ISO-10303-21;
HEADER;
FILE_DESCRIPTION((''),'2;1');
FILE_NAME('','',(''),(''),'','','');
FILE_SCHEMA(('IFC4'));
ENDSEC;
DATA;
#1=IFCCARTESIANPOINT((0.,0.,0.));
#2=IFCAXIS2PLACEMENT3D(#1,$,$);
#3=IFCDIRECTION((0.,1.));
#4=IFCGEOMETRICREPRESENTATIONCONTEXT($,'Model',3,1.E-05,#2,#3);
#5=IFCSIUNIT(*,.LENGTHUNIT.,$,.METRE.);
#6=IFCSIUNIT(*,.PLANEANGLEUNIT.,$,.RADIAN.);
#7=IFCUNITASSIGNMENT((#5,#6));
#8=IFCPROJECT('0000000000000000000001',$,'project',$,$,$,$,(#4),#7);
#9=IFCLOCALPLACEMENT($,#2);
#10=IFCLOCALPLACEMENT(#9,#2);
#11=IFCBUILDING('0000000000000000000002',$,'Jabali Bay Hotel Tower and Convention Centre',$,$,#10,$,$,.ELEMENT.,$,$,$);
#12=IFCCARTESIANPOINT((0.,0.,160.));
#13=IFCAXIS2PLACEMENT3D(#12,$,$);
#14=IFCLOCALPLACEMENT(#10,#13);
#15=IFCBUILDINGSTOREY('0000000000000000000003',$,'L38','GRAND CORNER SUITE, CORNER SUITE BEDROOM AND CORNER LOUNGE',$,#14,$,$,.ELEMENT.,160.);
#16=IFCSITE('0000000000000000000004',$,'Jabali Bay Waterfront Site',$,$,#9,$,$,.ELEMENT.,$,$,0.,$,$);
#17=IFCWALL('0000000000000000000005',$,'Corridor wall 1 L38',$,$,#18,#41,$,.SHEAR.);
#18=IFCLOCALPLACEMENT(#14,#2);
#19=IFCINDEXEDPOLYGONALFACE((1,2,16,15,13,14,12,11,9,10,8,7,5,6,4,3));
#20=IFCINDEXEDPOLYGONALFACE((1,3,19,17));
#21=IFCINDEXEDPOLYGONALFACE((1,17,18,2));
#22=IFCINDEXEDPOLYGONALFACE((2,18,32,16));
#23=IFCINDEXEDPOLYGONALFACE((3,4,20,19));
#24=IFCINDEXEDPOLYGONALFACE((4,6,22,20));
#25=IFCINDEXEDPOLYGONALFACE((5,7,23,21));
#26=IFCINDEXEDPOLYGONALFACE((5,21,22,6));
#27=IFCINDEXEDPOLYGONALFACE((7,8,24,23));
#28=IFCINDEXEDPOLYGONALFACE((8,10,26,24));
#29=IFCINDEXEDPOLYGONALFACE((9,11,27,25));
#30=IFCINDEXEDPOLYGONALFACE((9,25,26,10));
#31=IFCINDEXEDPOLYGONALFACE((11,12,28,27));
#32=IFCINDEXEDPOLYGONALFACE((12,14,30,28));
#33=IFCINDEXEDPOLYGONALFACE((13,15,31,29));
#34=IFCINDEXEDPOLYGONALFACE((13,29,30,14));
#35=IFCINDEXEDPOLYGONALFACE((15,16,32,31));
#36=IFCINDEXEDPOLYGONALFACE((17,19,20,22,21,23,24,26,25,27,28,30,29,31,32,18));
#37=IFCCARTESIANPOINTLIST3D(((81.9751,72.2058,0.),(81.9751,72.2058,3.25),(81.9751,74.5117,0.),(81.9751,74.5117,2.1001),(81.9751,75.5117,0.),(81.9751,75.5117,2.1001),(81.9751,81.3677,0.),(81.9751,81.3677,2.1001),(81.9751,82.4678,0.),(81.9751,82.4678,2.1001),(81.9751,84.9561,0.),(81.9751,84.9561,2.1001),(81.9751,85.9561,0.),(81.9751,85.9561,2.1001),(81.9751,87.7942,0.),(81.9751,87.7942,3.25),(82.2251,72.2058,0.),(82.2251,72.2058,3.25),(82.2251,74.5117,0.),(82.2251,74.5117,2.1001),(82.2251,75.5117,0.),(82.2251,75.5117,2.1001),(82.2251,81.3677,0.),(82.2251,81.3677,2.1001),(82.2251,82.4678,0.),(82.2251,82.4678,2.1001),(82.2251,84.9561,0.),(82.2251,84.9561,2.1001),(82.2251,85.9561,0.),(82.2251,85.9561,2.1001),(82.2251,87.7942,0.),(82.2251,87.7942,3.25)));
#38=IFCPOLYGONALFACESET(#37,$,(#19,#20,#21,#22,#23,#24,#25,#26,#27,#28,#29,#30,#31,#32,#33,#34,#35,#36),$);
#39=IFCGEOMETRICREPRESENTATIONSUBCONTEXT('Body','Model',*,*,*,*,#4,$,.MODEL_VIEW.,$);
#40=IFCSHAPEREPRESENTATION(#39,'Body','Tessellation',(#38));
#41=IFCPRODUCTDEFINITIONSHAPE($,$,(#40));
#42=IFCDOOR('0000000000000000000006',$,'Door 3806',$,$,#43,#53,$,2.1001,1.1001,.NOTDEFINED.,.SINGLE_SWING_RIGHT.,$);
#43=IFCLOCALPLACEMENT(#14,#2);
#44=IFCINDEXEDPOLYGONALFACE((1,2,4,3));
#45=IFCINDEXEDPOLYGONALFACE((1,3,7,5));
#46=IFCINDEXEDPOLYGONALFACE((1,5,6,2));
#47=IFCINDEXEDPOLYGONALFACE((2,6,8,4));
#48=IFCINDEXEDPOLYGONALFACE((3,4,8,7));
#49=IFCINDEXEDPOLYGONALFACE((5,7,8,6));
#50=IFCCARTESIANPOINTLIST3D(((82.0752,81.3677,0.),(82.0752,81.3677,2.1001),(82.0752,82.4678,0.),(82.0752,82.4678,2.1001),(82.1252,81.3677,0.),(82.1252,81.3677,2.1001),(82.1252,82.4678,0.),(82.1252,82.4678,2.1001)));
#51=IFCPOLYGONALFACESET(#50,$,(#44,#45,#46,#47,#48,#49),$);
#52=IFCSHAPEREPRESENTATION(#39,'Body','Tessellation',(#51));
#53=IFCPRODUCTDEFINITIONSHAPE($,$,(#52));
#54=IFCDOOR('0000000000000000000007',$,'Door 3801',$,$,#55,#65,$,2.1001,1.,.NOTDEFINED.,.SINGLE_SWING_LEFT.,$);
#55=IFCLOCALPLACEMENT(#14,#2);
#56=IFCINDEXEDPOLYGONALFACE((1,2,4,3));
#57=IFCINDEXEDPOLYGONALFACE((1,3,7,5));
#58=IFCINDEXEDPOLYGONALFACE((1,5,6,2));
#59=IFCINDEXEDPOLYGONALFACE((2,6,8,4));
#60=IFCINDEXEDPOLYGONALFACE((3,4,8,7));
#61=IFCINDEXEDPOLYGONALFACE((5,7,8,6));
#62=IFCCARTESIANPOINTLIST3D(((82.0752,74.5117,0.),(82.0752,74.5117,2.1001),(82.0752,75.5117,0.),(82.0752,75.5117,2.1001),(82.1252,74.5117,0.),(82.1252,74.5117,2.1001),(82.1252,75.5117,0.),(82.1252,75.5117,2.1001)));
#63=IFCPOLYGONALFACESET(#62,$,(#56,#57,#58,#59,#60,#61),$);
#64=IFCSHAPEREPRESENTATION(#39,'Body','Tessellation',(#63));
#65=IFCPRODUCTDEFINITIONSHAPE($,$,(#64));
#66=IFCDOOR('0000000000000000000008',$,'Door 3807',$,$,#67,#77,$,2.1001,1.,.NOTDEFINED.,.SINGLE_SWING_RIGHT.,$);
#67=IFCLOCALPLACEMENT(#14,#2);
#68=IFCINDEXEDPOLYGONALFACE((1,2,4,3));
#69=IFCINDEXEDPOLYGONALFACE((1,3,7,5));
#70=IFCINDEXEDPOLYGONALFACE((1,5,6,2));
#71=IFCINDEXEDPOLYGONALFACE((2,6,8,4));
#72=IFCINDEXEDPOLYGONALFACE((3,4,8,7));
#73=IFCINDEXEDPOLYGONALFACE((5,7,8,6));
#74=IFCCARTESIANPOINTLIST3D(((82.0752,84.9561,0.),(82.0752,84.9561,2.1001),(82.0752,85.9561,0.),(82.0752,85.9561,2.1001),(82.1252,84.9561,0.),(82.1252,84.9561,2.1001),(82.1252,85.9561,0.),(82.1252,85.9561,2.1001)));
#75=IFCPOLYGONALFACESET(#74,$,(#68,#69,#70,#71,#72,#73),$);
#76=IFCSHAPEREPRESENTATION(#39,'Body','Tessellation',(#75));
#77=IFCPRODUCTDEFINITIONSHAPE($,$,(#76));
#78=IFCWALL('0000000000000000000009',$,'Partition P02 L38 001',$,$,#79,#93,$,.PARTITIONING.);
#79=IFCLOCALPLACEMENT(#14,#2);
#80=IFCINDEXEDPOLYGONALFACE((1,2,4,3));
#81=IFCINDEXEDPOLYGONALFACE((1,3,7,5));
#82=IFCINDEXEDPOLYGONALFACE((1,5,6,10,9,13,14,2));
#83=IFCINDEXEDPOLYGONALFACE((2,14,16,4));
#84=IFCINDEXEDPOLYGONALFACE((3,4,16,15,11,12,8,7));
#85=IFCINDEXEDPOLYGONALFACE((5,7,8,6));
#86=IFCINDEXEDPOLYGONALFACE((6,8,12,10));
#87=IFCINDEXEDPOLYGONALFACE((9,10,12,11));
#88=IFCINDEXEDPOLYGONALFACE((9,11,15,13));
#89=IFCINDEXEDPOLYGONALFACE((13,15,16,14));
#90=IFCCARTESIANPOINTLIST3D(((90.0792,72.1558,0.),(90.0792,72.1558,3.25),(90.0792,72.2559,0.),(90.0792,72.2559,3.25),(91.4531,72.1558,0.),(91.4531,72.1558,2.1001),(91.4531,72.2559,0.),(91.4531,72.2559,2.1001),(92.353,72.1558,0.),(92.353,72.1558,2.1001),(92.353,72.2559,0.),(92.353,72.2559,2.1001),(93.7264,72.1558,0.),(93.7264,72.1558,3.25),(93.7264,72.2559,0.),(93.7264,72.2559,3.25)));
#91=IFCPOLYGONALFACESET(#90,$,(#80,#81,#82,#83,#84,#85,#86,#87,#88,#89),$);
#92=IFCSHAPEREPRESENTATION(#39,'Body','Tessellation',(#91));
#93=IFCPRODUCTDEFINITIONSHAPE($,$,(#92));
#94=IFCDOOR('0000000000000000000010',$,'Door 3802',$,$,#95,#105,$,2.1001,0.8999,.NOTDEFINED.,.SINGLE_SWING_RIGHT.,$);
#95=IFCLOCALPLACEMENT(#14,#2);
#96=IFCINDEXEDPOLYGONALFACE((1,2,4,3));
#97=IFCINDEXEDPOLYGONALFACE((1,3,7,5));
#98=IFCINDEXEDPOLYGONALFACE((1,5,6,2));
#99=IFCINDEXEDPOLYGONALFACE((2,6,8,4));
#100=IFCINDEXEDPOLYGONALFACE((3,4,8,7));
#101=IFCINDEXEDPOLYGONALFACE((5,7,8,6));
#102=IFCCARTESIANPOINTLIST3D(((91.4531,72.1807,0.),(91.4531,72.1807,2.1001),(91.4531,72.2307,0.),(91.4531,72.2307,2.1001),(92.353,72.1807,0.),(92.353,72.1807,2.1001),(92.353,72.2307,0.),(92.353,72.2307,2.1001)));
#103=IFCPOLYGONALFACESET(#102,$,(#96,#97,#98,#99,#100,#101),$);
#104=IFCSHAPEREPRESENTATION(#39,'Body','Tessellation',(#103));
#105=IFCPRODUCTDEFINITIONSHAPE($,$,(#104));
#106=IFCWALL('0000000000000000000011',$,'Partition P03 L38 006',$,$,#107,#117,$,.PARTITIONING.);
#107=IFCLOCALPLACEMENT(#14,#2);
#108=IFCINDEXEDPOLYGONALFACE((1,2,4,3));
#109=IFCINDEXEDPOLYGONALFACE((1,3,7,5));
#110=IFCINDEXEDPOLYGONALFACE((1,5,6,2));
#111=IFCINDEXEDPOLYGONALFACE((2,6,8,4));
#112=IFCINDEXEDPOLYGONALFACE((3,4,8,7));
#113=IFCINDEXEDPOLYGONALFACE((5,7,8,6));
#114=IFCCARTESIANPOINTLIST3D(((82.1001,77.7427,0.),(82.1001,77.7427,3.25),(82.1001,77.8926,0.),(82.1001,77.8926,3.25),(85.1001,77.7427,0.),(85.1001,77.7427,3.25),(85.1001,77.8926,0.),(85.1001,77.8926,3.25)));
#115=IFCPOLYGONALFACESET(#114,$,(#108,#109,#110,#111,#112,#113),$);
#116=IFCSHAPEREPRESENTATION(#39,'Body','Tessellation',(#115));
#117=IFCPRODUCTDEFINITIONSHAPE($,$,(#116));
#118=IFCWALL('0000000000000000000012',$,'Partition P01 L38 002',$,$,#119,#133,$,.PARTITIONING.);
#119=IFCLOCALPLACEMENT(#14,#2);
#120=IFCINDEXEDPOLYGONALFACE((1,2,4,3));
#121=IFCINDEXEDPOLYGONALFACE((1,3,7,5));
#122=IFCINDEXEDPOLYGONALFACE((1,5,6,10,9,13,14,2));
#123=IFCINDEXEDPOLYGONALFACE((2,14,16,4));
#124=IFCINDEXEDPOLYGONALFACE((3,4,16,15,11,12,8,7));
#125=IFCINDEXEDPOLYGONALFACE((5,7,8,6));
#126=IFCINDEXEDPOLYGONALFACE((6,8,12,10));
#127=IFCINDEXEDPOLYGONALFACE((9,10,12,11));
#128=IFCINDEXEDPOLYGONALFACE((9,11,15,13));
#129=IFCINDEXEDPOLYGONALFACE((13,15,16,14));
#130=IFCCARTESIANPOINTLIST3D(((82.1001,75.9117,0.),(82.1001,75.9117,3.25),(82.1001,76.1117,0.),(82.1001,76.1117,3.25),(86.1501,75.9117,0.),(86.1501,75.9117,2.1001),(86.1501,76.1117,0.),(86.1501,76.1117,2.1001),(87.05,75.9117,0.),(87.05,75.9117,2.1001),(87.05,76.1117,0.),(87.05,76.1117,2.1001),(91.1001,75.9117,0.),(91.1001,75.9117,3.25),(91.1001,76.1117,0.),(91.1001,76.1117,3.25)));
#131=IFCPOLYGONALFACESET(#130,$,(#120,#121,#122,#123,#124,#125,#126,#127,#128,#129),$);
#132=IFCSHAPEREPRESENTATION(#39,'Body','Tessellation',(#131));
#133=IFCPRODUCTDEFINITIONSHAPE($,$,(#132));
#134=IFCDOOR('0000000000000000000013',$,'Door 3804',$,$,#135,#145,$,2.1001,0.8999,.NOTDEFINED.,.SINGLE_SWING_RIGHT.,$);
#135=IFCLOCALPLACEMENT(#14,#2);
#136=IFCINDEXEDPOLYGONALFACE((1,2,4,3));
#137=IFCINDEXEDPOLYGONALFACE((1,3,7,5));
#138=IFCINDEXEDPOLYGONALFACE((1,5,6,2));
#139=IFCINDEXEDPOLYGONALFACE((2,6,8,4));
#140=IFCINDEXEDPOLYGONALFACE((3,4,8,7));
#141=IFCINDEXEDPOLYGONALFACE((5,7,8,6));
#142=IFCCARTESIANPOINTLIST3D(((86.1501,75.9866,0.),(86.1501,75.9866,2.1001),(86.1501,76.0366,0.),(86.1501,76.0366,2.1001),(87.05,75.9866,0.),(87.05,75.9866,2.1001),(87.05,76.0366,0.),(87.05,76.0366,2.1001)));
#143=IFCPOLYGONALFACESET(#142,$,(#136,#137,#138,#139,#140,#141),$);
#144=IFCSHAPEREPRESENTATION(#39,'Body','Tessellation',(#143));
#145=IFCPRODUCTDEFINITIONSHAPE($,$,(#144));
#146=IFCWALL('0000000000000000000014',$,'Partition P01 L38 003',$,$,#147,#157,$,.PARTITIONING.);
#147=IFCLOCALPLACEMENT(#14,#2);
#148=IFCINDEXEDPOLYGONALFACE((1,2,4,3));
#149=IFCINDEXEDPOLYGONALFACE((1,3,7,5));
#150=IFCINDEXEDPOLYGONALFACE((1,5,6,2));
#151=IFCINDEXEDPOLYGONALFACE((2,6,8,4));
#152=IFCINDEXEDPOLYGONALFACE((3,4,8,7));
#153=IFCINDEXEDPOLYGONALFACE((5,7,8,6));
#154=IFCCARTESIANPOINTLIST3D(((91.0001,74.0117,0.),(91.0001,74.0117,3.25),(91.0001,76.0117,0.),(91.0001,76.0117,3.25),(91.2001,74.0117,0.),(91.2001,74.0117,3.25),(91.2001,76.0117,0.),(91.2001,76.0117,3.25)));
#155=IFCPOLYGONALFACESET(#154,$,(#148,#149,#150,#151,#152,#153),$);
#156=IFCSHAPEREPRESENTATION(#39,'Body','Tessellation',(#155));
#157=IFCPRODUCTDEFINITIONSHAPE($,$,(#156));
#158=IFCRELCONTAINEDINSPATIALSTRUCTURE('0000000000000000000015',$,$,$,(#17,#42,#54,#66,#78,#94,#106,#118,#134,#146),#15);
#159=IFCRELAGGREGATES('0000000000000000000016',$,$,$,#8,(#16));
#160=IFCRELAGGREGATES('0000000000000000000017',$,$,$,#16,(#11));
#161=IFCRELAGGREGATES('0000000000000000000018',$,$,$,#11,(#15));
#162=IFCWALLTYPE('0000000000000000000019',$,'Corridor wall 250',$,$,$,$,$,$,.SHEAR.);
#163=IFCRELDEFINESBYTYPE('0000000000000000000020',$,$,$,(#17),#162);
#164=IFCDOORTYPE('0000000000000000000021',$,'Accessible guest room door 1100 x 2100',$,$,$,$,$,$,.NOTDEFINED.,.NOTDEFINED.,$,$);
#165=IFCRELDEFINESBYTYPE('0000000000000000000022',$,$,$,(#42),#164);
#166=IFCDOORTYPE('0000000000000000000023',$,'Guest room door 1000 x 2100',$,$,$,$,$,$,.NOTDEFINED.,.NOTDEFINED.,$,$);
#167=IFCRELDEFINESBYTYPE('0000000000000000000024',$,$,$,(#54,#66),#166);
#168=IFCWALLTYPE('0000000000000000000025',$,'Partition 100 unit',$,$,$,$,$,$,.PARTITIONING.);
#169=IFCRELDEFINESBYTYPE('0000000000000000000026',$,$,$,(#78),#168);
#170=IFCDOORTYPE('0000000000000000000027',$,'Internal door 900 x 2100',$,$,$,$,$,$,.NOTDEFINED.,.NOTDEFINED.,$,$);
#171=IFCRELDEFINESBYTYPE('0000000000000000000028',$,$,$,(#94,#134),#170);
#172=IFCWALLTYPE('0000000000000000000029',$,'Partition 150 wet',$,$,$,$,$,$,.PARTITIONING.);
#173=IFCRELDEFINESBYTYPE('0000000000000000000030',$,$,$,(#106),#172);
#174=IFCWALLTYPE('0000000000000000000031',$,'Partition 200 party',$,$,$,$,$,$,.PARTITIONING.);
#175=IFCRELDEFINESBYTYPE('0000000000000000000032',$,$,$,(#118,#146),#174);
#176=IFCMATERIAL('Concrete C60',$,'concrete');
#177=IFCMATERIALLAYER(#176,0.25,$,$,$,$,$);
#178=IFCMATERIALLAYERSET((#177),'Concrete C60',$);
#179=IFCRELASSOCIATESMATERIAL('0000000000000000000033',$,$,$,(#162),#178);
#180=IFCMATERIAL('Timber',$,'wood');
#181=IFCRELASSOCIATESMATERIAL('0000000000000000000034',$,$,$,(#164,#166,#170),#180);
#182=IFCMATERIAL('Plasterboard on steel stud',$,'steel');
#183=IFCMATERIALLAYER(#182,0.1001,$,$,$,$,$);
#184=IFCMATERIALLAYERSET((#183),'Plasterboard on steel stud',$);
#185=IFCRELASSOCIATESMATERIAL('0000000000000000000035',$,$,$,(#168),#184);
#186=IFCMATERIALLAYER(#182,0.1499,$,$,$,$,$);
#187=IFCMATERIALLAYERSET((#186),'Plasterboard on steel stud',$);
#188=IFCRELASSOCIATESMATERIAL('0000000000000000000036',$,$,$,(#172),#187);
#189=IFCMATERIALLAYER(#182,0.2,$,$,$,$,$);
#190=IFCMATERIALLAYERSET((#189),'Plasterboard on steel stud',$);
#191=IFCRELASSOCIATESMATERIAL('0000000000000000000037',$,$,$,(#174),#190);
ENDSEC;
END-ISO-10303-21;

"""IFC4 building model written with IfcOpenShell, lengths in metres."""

from ifc_helpers import new_model, si_unit, direction, frame, frame_2d, origin, place, context, subcontext, project, spatial, rectangle, extrude, material, layer, layer_set, type_object, element, fill, save


model = new_model("IFC4")

# Units and contexts
model_context = context("Model", 3, precision=1e-05, world=origin(), true_north=direction((0.0, 1.0)))
body_context = subcontext(model_context, "Body", "Model", "MODEL_VIEW")
ifc_project = project(units=[si_unit("LENGTHUNIT", "METRE"), si_unit("PLANEANGLEUNIT", "RADIAN")], contexts=[model_context])

# Site, building, storey
site_placement = place(None, origin())
site = spatial("IfcSite", under=ifc_project, at=site_placement, Name="Jabali Bay Waterfront Site", CompositionType="ELEMENT", RefElevation=0.0)
building_placement = place(site_placement, origin())
building = spatial("IfcBuilding", under=site, at=building_placement, Name="Jabali Bay Hotel Tower and Convention Centre", CompositionType="ELEMENT")
storey_placement = place(building_placement, frame((0.0, 0.0, 160.0)))
storey = spatial("IfcBuildingStorey", under=building, at=storey_placement, Name="L38", Description="GRAND CORNER SUITE, CORNER SUITE BEDROOM AND CORNER LOUNGE", CompositionType="ELEMENT", Elevation=160.0)

# Shared definitions
ifc_material_1 = material(Name="Concrete C60", Category="concrete")

# Wall, openings, doors
ifc_layer_1 = layer(ifc_material_1, 0.25)
ifc_layer_set_1 = layer_set([ifc_layer_1], Name="Concrete C60")
wall_type_1 = type_object("IfcWallType", Name="Corridor wall 250", PredefinedType="SHEAR", material=ifc_layer_set_1)
wall_1_placement = place(storey_placement, frame((82.1001, 72.2058, 0.0), z_axis=(0.0, 0.0, 1.0), x_axis=(0.0, 1.0, 0.0)))
wall_1 = element("IfcWall", 1, at=wall_1_placement, inside=storey, type_object=wall_type_1, Name="Corridor wall 1 L38", PredefinedType="SHEAR", context=body_context, shape_type="SweptSolid", body=[
    extrude(rectangle(XDim=15.5884, YDim=0.25, at=frame_2d((7.7942, 0.0))), origin(), (0.0, 0.0, 1.0), 3.25),
])
opening_1_placement = place(wall_1_placement, frame((2.3059, 0.0, 0.0)))
opening_1 = element("IfcOpeningElement", 2, at=opening_1_placement, cuts=wall_1, PredefinedType="OPENING", context=body_context, shape_type="SweptSolid", body=[
    extrude(rectangle(XDim=1.0, YDim=2.1001, at=frame_2d((0.5, 1.05))), frame((0.0, 0.1355, 0.0), z_axis=(0.0, -1.0, 0.0), x_axis=(1.0, 0.0, 0.0)), (0.0, 0.0, 1.0), 0.271),
])
opening_2_placement = place(wall_1_placement, frame((9.1619, 0.0, 0.0)))
opening_2 = element("IfcOpeningElement", 3, at=opening_2_placement, cuts=wall_1, PredefinedType="OPENING", context=body_context, shape_type="SweptSolid", body=[
    extrude(rectangle(XDim=1.1001, YDim=2.1001, at=frame_2d((0.55, 1.05))), frame((0.0, 0.1355, 0.0), z_axis=(0.0, -1.0, 0.0), x_axis=(1.0, 0.0, 0.0)), (0.0, 0.0, 1.0), 0.271),
])
opening_3_placement = place(wall_1_placement, frame((12.7502, 0.0, 0.0)))
opening_3 = element("IfcOpeningElement", 4, at=opening_3_placement, cuts=wall_1, PredefinedType="OPENING", context=body_context, shape_type="SweptSolid", body=[
    extrude(rectangle(XDim=1.0, YDim=2.1001, at=frame_2d((0.5, 1.05))), frame((0.0, 0.1355, 0.0), z_axis=(0.0, -1.0, 0.0), x_axis=(1.0, 0.0, 0.0)), (0.0, 0.0, 1.0), 0.271),
])
ifc_material_2 = material(Name="Timber", Category="wood")
door_type_1 = type_object("IfcDoorType", Name="Accessible guest room door 1100 x 2100", OperationType="NOTDEFINED", PredefinedType="NOTDEFINED", material=ifc_material_2)
door_1_placement = place(opening_2_placement, origin())
door_1 = element("IfcDoor", 5, at=door_1_placement, inside=storey, type_object=door_type_1, Name="Door 3806", OperationType="SINGLE_SWING_RIGHT", OverallHeight=2.1001, OverallWidth=1.1001, PredefinedType="NOTDEFINED", context=body_context, shape_type="SweptSolid", body=[
    extrude(rectangle(XDim=1.1001, YDim=2.1001, at=frame_2d((0.55, 1.05))), frame((0.0, 0.0249, 0.0), z_axis=(0.0, -1.0, 0.0), x_axis=(1.0, 0.0, 0.0)), (0.0, 0.0, 1.0), 0.05),
])
fill(opening_2, door_1)
door_type_2 = type_object("IfcDoorType", Name="Guest room door 1000 x 2100", OperationType="NOTDEFINED", PredefinedType="NOTDEFINED", material=ifc_material_2)
door_2_placement = place(opening_1_placement, origin())
door_2 = element("IfcDoor", 6, at=door_2_placement, inside=storey, type_object=door_type_2, Name="Door 3801", OperationType="SINGLE_SWING_LEFT", OverallHeight=2.1001, OverallWidth=1.0, PredefinedType="NOTDEFINED", context=body_context, shape_type="SweptSolid", body=[
    extrude(rectangle(XDim=1.0, YDim=2.1001, at=frame_2d((0.5, 1.05))), frame((0.0, 0.0249, 0.0), z_axis=(0.0, -1.0, 0.0), x_axis=(1.0, 0.0, 0.0)), (0.0, 0.0, 1.0), 0.05),
])
fill(opening_1, door_2)
door_3_placement = place(opening_3_placement, origin())
door_3 = element("IfcDoor", 7, at=door_3_placement, inside=storey, type_object=door_type_2, Name="Door 3807", OperationType="SINGLE_SWING_RIGHT", OverallHeight=2.1001, OverallWidth=1.0, PredefinedType="NOTDEFINED", context=body_context, shape_type="SweptSolid", body=[
    extrude(rectangle(XDim=1.0, YDim=2.1001, at=frame_2d((0.5, 1.05))), frame((0.0, 0.0249, 0.0), z_axis=(0.0, -1.0, 0.0), x_axis=(1.0, 0.0, 0.0)), (0.0, 0.0, 1.0), 0.05),
])
fill(opening_3, door_3)

# Wall, opening, door
ifc_material_3 = material(Name="Plasterboard on steel stud", Category="steel")
ifc_layer_2 = layer(ifc_material_3, 0.1001)
ifc_layer_set_2 = layer_set([ifc_layer_2], Name="Plasterboard on steel stud")
wall_type_2 = type_object("IfcWallType", Name="Partition 100 unit", PredefinedType="PARTITIONING", material=ifc_layer_set_2)
wall_2_placement = place(storey_placement, frame((90.0791, 72.2058, 0.0), z_axis=(0.0, 0.0, 1.0), x_axis=(1.0, 0.0, 0.0)))
wall_2 = element("IfcWall", 8, at=wall_2_placement, inside=storey, type_object=wall_type_2, Name="Partition P02 L38 001", PredefinedType="PARTITIONING", context=body_context, shape_type="SweptSolid", body=[
    extrude(rectangle(XDim=3.6472, YDim=0.1001, at=frame_2d((1.8237, 0.0))), origin(), (0.0, 0.0, 1.0), 3.25),
])
opening_4_placement = place(wall_2_placement, frame((1.374, 0.0, 0.0)))
opening_4 = element("IfcOpeningElement", 9, at=opening_4_placement, cuts=wall_2, PredefinedType="OPENING", context=body_context, shape_type="SweptSolid", body=[
    extrude(rectangle(XDim=0.8999, YDim=2.1001, at=frame_2d((0.45, 1.05))), frame((0.0, 0.0605, 0.0), z_axis=(0.0, -1.0, 0.0), x_axis=(1.0, 0.0, 0.0)), (0.0, 0.0, 1.0), 0.1211),
])
door_type_3 = type_object("IfcDoorType", Name="Internal door 900 x 2100", OperationType="NOTDEFINED", PredefinedType="NOTDEFINED", material=ifc_material_2)
door_4_placement = place(opening_4_placement, origin())
door_4 = element("IfcDoor", 10, at=door_4_placement, inside=storey, type_object=door_type_3, Name="Door 3802", OperationType="SINGLE_SWING_RIGHT", OverallHeight=2.1001, OverallWidth=0.8999, PredefinedType="NOTDEFINED", context=body_context, shape_type="SweptSolid", body=[
    extrude(rectangle(XDim=0.8999, YDim=2.1001, at=frame_2d((0.45, 1.05))), frame((0.0, 0.0249, 0.0), z_axis=(0.0, -1.0, 0.0), x_axis=(1.0, 0.0, 0.0)), (0.0, 0.0, 1.0), 0.05),
])
fill(opening_4, door_4)

# Wall
ifc_layer_3 = layer(ifc_material_3, 0.1499)
ifc_layer_set_3 = layer_set([ifc_layer_3], Name="Plasterboard on steel stud")
wall_type_3 = type_object("IfcWallType", Name="Partition 150 wet", PredefinedType="PARTITIONING", material=ifc_layer_set_3)
wall_3_placement = place(storey_placement, frame((85.1001, 77.8176, 0.0), z_axis=(0.0, 0.0, 1.0), x_axis=(-1.0, 0.0, 0.0)))
element("IfcWall", 11, at=wall_3_placement, inside=storey, type_object=wall_type_3, Name="Partition P03 L38 006", PredefinedType="PARTITIONING", context=body_context, shape_type="SweptSolid", body=[
    extrude(rectangle(XDim=3.0, YDim=0.1499, at=frame_2d((1.5, 0.0))), origin(), (0.0, 0.0, 1.0), 3.25),
])

# Wall, opening, door
ifc_layer_4 = layer(ifc_material_3, 0.2)
ifc_layer_set_4 = layer_set([ifc_layer_4], Name="Plasterboard on steel stud")
wall_type_4 = type_object("IfcWallType", Name="Partition 200 party", PredefinedType="PARTITIONING", material=ifc_layer_set_4)
wall_4_placement = place(storey_placement, frame((82.1001, 76.0117, 0.0), z_axis=(0.0, 0.0, 1.0), x_axis=(1.0, 0.0, 0.0)))
wall_4 = element("IfcWall", 12, at=wall_4_placement, inside=storey, type_object=wall_type_4, Name="Partition P01 L38 002", PredefinedType="PARTITIONING", context=body_context, shape_type="SweptSolid", body=[
    extrude(rectangle(XDim=9.0, YDim=0.2, at=frame_2d((4.5, 0.0))), origin(), (0.0, 0.0, 1.0), 3.25),
])
opening_5_placement = place(wall_4_placement, frame((4.05, 0.0, 0.0)))
opening_5 = element("IfcOpeningElement", 13, at=opening_5_placement, cuts=wall_4, PredefinedType="OPENING", context=body_context, shape_type="SweptSolid", body=[
    extrude(rectangle(XDim=0.8999, YDim=2.1001, at=frame_2d((0.45, 1.05))), frame((0.0, 0.1104, 0.0), z_axis=(0.0, -1.0, 0.0), x_axis=(1.0, 0.0, 0.0)), (0.0, 0.0, 1.0), 0.2209),
])
door_5_placement = place(opening_5_placement, origin())
door_5 = element("IfcDoor", 14, at=door_5_placement, inside=storey, type_object=door_type_3, Name="Door 3804", OperationType="SINGLE_SWING_RIGHT", OverallHeight=2.1001, OverallWidth=0.8999, PredefinedType="NOTDEFINED", context=body_context, shape_type="SweptSolid", body=[
    extrude(rectangle(XDim=0.8999, YDim=2.1001, at=frame_2d((0.45, 1.05))), frame((0.0, 0.0249, 0.0), z_axis=(0.0, -1.0, 0.0), x_axis=(1.0, 0.0, 0.0)), (0.0, 0.0, 1.0), 0.05),
])
fill(opening_5, door_5)

# Wall
wall_5_placement = place(storey_placement, frame((91.1001, 76.0117, 0.0), z_axis=(0.0, 0.0, 1.0), x_axis=(0.0, -1.0, 0.0)))
element("IfcWall", 15, at=wall_5_placement, inside=storey, type_object=wall_type_4, Name="Partition P01 L38 003", PredefinedType="PARTITIONING", context=body_context, shape_type="SweptSolid", body=[
    extrude(rectangle(XDim=2.0, YDim=0.2, at=frame_2d((1.0, 0.0))), origin(), (0.0, 0.0, 1.0), 3.25),
])

save(model, "model.ifc")
